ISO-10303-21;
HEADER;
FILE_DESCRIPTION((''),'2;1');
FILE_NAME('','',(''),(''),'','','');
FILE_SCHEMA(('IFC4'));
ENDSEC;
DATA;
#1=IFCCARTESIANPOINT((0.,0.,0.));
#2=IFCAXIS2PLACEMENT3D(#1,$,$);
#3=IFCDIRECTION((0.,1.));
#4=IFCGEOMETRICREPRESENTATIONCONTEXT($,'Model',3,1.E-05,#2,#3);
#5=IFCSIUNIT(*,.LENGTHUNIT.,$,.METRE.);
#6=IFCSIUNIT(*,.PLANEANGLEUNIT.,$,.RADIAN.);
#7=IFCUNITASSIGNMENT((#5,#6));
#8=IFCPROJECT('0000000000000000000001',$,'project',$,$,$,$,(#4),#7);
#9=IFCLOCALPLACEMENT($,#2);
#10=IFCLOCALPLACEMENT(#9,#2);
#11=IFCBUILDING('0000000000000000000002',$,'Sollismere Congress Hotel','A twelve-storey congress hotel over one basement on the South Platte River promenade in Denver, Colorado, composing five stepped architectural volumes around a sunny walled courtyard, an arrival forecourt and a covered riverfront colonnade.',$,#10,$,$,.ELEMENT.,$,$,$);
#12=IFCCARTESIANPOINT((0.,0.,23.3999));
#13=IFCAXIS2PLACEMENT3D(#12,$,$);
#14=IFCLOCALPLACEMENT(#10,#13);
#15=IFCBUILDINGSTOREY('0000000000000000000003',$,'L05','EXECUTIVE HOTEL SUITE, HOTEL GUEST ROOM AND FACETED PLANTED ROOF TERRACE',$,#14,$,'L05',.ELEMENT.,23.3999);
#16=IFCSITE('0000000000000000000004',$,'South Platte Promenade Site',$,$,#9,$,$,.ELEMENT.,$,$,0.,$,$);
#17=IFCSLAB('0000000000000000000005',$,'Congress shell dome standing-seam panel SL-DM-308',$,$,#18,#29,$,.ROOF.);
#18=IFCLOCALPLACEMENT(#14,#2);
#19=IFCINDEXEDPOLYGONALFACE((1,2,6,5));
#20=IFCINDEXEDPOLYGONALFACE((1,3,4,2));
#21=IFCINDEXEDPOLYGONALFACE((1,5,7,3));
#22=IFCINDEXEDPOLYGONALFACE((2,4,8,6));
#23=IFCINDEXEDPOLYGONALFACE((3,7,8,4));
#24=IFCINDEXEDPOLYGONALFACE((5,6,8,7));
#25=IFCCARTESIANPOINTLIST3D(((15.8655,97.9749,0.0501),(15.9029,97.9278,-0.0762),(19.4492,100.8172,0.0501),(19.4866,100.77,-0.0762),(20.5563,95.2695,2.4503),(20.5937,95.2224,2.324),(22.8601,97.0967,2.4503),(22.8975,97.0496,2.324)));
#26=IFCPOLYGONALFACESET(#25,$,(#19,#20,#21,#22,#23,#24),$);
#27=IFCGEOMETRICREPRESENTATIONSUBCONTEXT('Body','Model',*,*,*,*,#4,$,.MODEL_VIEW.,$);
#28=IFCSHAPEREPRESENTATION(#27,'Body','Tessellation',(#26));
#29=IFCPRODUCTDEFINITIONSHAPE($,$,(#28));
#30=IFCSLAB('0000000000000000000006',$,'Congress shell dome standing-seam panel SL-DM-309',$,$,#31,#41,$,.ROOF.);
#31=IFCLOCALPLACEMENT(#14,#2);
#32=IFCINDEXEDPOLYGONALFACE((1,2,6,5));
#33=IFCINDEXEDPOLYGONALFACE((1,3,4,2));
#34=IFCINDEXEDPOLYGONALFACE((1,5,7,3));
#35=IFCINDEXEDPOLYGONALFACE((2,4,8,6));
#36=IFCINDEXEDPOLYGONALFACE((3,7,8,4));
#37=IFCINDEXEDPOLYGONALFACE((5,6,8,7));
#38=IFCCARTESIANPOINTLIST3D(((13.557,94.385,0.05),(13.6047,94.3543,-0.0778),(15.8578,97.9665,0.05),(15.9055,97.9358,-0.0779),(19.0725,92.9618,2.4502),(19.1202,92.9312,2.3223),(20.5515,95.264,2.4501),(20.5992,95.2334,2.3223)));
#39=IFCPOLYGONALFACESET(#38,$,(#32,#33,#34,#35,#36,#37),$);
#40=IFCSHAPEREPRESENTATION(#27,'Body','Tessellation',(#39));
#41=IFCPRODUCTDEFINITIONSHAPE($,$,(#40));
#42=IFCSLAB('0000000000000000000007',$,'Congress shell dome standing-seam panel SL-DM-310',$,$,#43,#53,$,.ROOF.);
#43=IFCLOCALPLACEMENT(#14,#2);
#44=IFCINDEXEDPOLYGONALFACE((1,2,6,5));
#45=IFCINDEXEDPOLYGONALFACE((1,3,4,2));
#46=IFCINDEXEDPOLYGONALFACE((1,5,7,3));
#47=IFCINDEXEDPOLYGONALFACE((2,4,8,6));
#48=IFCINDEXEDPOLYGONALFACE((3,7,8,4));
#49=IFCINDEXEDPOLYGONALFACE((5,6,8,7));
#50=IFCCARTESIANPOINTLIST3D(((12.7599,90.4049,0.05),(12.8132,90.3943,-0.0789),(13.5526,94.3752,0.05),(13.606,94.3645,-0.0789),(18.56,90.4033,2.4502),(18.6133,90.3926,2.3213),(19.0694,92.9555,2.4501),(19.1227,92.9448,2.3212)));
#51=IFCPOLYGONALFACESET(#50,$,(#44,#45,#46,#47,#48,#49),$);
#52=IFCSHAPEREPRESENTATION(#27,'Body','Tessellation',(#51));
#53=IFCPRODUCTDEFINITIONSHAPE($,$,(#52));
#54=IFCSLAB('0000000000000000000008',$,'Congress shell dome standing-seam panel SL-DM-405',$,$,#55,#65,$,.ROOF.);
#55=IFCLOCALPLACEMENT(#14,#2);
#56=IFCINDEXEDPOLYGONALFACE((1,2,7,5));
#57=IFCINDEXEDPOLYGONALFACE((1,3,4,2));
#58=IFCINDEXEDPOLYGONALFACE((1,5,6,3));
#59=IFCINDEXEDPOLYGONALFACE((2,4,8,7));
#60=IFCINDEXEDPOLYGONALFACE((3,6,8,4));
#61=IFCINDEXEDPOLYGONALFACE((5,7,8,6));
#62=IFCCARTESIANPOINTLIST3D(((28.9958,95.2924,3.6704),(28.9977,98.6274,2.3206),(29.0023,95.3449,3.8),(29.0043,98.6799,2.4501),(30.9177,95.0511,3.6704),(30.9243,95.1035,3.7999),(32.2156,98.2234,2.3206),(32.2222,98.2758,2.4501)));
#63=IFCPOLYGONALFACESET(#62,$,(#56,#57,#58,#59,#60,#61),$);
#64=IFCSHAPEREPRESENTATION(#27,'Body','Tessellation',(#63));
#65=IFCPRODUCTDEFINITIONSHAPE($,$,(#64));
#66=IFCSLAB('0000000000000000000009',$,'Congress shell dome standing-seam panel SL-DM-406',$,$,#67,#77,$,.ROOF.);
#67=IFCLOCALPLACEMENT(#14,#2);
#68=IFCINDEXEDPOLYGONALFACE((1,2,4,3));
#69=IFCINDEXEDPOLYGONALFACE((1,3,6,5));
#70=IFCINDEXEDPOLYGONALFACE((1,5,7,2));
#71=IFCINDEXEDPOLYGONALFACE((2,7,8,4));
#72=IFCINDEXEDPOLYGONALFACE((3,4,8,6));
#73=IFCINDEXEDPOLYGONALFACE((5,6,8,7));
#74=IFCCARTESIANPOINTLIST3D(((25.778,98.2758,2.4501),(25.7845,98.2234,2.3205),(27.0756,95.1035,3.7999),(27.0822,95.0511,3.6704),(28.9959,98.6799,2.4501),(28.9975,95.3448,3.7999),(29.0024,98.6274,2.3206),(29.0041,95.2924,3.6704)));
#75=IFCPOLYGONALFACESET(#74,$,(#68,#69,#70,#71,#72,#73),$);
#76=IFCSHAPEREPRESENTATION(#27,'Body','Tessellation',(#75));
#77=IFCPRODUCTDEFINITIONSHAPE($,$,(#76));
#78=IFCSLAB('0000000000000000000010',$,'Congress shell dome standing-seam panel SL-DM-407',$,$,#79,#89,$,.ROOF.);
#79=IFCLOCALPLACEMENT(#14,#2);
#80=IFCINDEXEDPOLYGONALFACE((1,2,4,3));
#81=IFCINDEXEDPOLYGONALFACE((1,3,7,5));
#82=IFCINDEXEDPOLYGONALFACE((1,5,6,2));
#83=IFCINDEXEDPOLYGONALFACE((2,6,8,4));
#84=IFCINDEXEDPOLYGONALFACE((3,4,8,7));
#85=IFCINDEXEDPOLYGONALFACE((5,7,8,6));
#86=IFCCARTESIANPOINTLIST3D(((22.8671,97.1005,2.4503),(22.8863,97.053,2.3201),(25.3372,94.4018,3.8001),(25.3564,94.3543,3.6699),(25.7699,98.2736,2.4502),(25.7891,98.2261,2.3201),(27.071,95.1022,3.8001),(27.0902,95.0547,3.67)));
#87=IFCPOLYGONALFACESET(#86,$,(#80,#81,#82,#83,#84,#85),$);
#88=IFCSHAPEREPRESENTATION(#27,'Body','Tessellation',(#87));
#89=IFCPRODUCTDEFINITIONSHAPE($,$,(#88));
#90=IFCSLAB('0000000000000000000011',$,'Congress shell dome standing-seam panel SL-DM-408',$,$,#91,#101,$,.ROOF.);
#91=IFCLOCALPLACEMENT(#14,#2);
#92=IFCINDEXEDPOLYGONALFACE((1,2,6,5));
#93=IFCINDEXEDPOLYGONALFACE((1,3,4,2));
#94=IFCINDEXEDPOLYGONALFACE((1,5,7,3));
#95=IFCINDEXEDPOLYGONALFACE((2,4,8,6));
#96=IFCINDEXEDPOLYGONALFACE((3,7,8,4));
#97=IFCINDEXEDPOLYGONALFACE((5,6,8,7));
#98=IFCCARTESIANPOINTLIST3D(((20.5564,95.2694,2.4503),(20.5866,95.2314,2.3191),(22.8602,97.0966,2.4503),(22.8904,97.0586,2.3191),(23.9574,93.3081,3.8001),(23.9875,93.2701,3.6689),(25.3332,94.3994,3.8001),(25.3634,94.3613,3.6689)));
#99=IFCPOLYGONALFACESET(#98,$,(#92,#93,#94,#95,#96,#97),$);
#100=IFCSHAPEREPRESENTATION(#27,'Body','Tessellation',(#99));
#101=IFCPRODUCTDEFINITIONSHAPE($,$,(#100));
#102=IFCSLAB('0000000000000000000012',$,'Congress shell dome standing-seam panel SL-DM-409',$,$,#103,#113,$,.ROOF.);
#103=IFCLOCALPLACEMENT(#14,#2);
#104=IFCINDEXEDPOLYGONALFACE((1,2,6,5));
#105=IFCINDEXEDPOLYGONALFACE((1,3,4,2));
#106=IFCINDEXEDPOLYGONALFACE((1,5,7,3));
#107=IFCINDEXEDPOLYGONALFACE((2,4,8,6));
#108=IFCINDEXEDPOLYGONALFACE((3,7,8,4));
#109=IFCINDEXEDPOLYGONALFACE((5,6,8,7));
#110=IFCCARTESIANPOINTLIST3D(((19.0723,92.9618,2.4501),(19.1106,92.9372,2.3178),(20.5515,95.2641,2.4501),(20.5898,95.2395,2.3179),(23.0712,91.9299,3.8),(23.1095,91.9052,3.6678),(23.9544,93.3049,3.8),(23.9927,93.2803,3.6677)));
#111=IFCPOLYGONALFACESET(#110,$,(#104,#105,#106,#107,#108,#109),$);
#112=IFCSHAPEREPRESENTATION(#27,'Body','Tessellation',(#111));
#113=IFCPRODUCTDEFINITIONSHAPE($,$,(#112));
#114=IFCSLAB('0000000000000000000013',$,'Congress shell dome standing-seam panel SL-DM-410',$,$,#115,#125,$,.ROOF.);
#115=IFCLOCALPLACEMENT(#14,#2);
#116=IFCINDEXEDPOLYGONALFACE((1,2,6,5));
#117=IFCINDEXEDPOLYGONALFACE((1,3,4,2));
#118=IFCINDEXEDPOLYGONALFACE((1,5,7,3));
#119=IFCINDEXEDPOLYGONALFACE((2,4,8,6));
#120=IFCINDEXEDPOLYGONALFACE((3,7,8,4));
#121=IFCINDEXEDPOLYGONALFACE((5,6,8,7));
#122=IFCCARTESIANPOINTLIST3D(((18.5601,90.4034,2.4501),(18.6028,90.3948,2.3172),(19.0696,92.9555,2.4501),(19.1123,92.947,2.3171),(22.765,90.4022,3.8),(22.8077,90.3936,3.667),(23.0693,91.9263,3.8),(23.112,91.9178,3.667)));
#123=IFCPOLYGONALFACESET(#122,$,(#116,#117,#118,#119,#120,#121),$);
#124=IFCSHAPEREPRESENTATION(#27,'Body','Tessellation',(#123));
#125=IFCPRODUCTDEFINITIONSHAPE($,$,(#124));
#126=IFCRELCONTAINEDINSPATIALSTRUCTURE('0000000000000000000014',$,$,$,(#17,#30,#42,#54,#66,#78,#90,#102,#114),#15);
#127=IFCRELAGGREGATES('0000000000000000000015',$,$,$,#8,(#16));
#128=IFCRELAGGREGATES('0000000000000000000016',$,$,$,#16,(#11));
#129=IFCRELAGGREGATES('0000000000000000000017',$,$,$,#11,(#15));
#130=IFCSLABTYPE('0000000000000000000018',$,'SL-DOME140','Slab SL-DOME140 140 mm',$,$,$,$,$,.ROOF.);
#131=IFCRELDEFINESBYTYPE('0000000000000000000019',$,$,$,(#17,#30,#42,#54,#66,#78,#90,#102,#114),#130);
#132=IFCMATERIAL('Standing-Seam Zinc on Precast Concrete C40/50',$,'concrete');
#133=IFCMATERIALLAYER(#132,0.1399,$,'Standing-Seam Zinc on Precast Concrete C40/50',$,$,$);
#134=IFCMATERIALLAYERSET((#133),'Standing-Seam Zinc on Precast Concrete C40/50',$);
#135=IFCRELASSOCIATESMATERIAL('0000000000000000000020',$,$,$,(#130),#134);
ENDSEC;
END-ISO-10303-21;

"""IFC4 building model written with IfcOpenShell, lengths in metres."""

from ifc_helpers import new_model, si_unit, direction, frame, origin, place, context, subcontext, project, spatial, polyline, outline, extrude, material, layer, layer_set, type_object, element, save


model = new_model("IFC4")

# Units and contexts
model_context = context("Model", 3, precision=1e-05, world=origin(), true_north=direction((0.0, 1.0)))
body_context = subcontext(model_context, "Body", "Model", "MODEL_VIEW")
ifc_project = project(units=[si_unit("LENGTHUNIT", "METRE"), si_unit("PLANEANGLEUNIT", "RADIAN")], contexts=[model_context])

# Site, building, storey
site_placement = place(None, origin())
site = spatial("IfcSite", under=ifc_project, at=site_placement, Name="South Platte Promenade Site", CompositionType="ELEMENT", RefElevation=0.0)
building_placement = place(site_placement, origin())
building = spatial("IfcBuilding", under=site, at=building_placement, Name="Sollismere Congress Hotel", Description="A twelve-storey congress hotel over one basement on the South Platte River promenade in Denver, Colorado, composing five stepped architectural volumes around a sunny walled courtyard, an arrival forecourt and a covered riverfront colonnade.", CompositionType="ELEMENT")
storey_placement = place(building_placement, frame((0.0, 0.0, 23.3999)))
storey = spatial("IfcBuildingStorey", under=building, at=storey_placement, Name="L05", Description="EXECUTIVE HOTEL SUITE, HOTEL GUEST ROOM AND FACETED PLANTED ROOF TERRACE", LongName="L05", CompositionType="ELEMENT", Elevation=23.3999)

# Slabs
ifc_material_1 = material(Name="Standing-Seam Zinc on Precast Concrete C40/50", Category="concrete")
ifc_layer_1 = layer(ifc_material_1, 0.1399, Name="Standing-Seam Zinc on Precast Concrete C40/50")
ifc_layer_set_1 = layer_set([ifc_layer_1], Name="Standing-Seam Zinc on Precast Concrete C40/50")
slab_type = type_object("IfcSlabType", Name="SL-DOME140", Description="Slab SL-DOME140 140 mm", PredefinedType="ROOF", material=ifc_layer_set_1)
slab_1_placement = place(storey_placement, frame((19.4866, 100.77, -0.0762), z_axis=(-0.267412, 0.337166, 0.902668), x_axis=(-0.783496, -0.621397, -0.000003)))
element("IfcSlab", 1, at=slab_1_placement, inside=storey, type_object=slab_type, Name="Congress shell dome standing-seam panel SL-DM-308", PredefinedType="ROOF", context=body_context, shape_type="SweptSolid", body=[
    extrude(outline(polyline([(0.0, 0.0), (4.574, 0.0), (2.5798, 5.5774), (-0.3606, 5.5774), (0.0, 0.0)])), origin(), (0.0, 0.0, 1.0), 0.1399),
])
slab_2_placement = place(storey_placement, frame((15.9055, 97.9358, -0.0779), z_axis=(-0.341208, 0.219208, 0.914071), x_axis=(-0.54049, -0.841351, 0.000013)))
element("IfcSlab", 2, at=slab_2_placement, inside=storey, type_object=slab_type, Name="Congress shell dome standing-seam panel SL-DM-309", PredefinedType="ROOF", context=body_context, shape_type="SweptSolid", body=[
    extrude(outline(polyline([(0.0, 0.0), (4.2568, 0.0), (2.4731, 5.9182), (-0.2632, 5.9182), (0.0, 0.0)])), origin(), (0.0, 0.0, 1.0), 0.1399),
])
slab_3_placement = place(storey_placement, frame((13.606, 94.3645, -0.0789), z_axis=(-0.381243, 0.076117, 0.921336), x_axis=(-0.195801, -0.980644, -0.000004)))
element("IfcSlab", 3, at=slab_3_placement, inside=storey, type_object=slab_type, Name="Congress shell dome standing-seam panel SL-DM-310", PredefinedType="ROOF", context=body_context, shape_type="SweptSolid", body=[
    extrude(outline(polyline([(0.0, 0.0), (4.0486, 0.0), (2.9146, 6.1738), (0.312, 6.1736), (0.0, 0.0)])), origin(), (0.0, 0.0, 1.0), 0.1399),
])
slab_4_placement = place(storey_placement, frame((32.2156, 98.2234, 2.3206), z_axis=(0.047063, 0.374745, 0.925933), x_axis=(-0.992209, 0.124585, 0.00001)))
element("IfcSlab", 4, at=slab_4_placement, inside=storey, type_object=slab_type, Name="Congress shell dome standing-seam panel SL-DM-405", PredefinedType="ROOF", context=body_context, shape_type="SweptSolid", body=[
    extrude(outline(polyline([(0.0, 0.0), (3.2432, 0.0), (2.8296, 3.574), (0.8926, 3.574), (0.0, 0.0)])), origin(), (0.0, 0.0, 1.0), 0.1399),
])
slab_5_placement = place(storey_placement, frame((29.0024, 98.6274, 2.3206), z_axis=(-0.047063, 0.374745, 0.925933), x_axis=(-0.992209, -0.124585, -0.00001)))
element("IfcSlab", 5, at=slab_5_placement, inside=storey, type_object=slab_type, Name="Congress shell dome standing-seam panel SL-DM-406", PredefinedType="ROOF", context=body_context, shape_type="SweptSolid", body=[
    extrude(outline(polyline([(0.0, 0.0), (3.2432, 0.0), (2.3508, 3.574), (0.4138, 3.574), (0.0, 0.0)])), origin(), (0.0, 0.0, 1.0), 0.1399),
])
slab_6_placement = place(storey_placement, frame((25.7891, 98.2261, 2.3201), z_axis=(-0.137279, 0.339727, 0.930452), x_axis=(-0.927155, -0.374678, 0.00001)))
element("IfcSlab", 6, at=slab_6_placement, inside=storey, type_object=slab_type, Name="Congress shell dome standing-seam panel SL-DM-407", PredefinedType="ROOF", context=body_context, shape_type="SweptSolid", body=[
    extrude(outline(polyline([(0.0, 0.0), (3.1309, 0.0), (1.8518, 3.6838), (-0.0181, 3.6841), (0.0, 0.0)])), origin(), (0.0, 0.0, 1.0), 0.1399),
])
slab_7_placement = place(storey_placement, frame((22.8904, 97.0586, 2.3191), z_axis=(-0.215538, 0.271757, 0.937919), x_axis=(-0.783487, -0.621408, 0.000001)))
element("IfcSlab", 7, at=slab_7_placement, inside=storey, type_object=slab_type, Name="Congress shell dome standing-seam panel SL-DM-408", PredefinedType="ROOF", context=body_context, shape_type="SweptSolid", body=[
    extrude(outline(polyline([(0.0, 0.0), (2.9404, 0.0), (1.4946, 3.8916), (-0.2615, 3.8916), (0.0, 0.0)])), origin(), (0.0, 0.0, 1.0), 0.1399),
])
slab_8_placement = place(storey_placement, frame((20.5898, 95.2395, 2.3179), z_axis=(-0.2738, 0.17591, 0.945563), x_axis=(-0.540556, -0.841308, -0.00001)))
element("IfcSlab", 8, at=slab_8_placement, inside=storey, type_object=slab_type, Name="Congress shell dome standing-seam panel SL-DM-409", PredefinedType="ROOF", context=body_context, shape_type="SweptSolid", body=[
    extrude(outline(polyline([(0.0, 0.0), (2.7366, 0.0), (1.4431, 4.1479), (-0.1912, 4.1477), (0.0, 0.0)])), origin(), (0.0, 0.0, 1.0), 0.1399),
])
slab_9_placement = place(storey_placement, frame((19.1123, 92.947, 2.3171), z_axis=(-0.30507, 0.060915, 0.95038), x_axis=(-0.195777, -0.980648, 0.000011)))
element("IfcSlab", 9, at=slab_9_placement, inside=storey, type_object=slab_type, Name="Congress shell dome standing-seam panel SL-DM-410", PredefinedType="ROOF", context=body_context, shape_type="SweptSolid", body=[
    extrude(outline(polyline([(0.0, 0.0), (2.6025, 0.0), (1.7805, 4.3391), (0.2263, 4.3391), (0.0, 0.0)])), origin(), (0.0, 0.0, 1.0), 0.1399),
])

save(model, "model.ifc")
